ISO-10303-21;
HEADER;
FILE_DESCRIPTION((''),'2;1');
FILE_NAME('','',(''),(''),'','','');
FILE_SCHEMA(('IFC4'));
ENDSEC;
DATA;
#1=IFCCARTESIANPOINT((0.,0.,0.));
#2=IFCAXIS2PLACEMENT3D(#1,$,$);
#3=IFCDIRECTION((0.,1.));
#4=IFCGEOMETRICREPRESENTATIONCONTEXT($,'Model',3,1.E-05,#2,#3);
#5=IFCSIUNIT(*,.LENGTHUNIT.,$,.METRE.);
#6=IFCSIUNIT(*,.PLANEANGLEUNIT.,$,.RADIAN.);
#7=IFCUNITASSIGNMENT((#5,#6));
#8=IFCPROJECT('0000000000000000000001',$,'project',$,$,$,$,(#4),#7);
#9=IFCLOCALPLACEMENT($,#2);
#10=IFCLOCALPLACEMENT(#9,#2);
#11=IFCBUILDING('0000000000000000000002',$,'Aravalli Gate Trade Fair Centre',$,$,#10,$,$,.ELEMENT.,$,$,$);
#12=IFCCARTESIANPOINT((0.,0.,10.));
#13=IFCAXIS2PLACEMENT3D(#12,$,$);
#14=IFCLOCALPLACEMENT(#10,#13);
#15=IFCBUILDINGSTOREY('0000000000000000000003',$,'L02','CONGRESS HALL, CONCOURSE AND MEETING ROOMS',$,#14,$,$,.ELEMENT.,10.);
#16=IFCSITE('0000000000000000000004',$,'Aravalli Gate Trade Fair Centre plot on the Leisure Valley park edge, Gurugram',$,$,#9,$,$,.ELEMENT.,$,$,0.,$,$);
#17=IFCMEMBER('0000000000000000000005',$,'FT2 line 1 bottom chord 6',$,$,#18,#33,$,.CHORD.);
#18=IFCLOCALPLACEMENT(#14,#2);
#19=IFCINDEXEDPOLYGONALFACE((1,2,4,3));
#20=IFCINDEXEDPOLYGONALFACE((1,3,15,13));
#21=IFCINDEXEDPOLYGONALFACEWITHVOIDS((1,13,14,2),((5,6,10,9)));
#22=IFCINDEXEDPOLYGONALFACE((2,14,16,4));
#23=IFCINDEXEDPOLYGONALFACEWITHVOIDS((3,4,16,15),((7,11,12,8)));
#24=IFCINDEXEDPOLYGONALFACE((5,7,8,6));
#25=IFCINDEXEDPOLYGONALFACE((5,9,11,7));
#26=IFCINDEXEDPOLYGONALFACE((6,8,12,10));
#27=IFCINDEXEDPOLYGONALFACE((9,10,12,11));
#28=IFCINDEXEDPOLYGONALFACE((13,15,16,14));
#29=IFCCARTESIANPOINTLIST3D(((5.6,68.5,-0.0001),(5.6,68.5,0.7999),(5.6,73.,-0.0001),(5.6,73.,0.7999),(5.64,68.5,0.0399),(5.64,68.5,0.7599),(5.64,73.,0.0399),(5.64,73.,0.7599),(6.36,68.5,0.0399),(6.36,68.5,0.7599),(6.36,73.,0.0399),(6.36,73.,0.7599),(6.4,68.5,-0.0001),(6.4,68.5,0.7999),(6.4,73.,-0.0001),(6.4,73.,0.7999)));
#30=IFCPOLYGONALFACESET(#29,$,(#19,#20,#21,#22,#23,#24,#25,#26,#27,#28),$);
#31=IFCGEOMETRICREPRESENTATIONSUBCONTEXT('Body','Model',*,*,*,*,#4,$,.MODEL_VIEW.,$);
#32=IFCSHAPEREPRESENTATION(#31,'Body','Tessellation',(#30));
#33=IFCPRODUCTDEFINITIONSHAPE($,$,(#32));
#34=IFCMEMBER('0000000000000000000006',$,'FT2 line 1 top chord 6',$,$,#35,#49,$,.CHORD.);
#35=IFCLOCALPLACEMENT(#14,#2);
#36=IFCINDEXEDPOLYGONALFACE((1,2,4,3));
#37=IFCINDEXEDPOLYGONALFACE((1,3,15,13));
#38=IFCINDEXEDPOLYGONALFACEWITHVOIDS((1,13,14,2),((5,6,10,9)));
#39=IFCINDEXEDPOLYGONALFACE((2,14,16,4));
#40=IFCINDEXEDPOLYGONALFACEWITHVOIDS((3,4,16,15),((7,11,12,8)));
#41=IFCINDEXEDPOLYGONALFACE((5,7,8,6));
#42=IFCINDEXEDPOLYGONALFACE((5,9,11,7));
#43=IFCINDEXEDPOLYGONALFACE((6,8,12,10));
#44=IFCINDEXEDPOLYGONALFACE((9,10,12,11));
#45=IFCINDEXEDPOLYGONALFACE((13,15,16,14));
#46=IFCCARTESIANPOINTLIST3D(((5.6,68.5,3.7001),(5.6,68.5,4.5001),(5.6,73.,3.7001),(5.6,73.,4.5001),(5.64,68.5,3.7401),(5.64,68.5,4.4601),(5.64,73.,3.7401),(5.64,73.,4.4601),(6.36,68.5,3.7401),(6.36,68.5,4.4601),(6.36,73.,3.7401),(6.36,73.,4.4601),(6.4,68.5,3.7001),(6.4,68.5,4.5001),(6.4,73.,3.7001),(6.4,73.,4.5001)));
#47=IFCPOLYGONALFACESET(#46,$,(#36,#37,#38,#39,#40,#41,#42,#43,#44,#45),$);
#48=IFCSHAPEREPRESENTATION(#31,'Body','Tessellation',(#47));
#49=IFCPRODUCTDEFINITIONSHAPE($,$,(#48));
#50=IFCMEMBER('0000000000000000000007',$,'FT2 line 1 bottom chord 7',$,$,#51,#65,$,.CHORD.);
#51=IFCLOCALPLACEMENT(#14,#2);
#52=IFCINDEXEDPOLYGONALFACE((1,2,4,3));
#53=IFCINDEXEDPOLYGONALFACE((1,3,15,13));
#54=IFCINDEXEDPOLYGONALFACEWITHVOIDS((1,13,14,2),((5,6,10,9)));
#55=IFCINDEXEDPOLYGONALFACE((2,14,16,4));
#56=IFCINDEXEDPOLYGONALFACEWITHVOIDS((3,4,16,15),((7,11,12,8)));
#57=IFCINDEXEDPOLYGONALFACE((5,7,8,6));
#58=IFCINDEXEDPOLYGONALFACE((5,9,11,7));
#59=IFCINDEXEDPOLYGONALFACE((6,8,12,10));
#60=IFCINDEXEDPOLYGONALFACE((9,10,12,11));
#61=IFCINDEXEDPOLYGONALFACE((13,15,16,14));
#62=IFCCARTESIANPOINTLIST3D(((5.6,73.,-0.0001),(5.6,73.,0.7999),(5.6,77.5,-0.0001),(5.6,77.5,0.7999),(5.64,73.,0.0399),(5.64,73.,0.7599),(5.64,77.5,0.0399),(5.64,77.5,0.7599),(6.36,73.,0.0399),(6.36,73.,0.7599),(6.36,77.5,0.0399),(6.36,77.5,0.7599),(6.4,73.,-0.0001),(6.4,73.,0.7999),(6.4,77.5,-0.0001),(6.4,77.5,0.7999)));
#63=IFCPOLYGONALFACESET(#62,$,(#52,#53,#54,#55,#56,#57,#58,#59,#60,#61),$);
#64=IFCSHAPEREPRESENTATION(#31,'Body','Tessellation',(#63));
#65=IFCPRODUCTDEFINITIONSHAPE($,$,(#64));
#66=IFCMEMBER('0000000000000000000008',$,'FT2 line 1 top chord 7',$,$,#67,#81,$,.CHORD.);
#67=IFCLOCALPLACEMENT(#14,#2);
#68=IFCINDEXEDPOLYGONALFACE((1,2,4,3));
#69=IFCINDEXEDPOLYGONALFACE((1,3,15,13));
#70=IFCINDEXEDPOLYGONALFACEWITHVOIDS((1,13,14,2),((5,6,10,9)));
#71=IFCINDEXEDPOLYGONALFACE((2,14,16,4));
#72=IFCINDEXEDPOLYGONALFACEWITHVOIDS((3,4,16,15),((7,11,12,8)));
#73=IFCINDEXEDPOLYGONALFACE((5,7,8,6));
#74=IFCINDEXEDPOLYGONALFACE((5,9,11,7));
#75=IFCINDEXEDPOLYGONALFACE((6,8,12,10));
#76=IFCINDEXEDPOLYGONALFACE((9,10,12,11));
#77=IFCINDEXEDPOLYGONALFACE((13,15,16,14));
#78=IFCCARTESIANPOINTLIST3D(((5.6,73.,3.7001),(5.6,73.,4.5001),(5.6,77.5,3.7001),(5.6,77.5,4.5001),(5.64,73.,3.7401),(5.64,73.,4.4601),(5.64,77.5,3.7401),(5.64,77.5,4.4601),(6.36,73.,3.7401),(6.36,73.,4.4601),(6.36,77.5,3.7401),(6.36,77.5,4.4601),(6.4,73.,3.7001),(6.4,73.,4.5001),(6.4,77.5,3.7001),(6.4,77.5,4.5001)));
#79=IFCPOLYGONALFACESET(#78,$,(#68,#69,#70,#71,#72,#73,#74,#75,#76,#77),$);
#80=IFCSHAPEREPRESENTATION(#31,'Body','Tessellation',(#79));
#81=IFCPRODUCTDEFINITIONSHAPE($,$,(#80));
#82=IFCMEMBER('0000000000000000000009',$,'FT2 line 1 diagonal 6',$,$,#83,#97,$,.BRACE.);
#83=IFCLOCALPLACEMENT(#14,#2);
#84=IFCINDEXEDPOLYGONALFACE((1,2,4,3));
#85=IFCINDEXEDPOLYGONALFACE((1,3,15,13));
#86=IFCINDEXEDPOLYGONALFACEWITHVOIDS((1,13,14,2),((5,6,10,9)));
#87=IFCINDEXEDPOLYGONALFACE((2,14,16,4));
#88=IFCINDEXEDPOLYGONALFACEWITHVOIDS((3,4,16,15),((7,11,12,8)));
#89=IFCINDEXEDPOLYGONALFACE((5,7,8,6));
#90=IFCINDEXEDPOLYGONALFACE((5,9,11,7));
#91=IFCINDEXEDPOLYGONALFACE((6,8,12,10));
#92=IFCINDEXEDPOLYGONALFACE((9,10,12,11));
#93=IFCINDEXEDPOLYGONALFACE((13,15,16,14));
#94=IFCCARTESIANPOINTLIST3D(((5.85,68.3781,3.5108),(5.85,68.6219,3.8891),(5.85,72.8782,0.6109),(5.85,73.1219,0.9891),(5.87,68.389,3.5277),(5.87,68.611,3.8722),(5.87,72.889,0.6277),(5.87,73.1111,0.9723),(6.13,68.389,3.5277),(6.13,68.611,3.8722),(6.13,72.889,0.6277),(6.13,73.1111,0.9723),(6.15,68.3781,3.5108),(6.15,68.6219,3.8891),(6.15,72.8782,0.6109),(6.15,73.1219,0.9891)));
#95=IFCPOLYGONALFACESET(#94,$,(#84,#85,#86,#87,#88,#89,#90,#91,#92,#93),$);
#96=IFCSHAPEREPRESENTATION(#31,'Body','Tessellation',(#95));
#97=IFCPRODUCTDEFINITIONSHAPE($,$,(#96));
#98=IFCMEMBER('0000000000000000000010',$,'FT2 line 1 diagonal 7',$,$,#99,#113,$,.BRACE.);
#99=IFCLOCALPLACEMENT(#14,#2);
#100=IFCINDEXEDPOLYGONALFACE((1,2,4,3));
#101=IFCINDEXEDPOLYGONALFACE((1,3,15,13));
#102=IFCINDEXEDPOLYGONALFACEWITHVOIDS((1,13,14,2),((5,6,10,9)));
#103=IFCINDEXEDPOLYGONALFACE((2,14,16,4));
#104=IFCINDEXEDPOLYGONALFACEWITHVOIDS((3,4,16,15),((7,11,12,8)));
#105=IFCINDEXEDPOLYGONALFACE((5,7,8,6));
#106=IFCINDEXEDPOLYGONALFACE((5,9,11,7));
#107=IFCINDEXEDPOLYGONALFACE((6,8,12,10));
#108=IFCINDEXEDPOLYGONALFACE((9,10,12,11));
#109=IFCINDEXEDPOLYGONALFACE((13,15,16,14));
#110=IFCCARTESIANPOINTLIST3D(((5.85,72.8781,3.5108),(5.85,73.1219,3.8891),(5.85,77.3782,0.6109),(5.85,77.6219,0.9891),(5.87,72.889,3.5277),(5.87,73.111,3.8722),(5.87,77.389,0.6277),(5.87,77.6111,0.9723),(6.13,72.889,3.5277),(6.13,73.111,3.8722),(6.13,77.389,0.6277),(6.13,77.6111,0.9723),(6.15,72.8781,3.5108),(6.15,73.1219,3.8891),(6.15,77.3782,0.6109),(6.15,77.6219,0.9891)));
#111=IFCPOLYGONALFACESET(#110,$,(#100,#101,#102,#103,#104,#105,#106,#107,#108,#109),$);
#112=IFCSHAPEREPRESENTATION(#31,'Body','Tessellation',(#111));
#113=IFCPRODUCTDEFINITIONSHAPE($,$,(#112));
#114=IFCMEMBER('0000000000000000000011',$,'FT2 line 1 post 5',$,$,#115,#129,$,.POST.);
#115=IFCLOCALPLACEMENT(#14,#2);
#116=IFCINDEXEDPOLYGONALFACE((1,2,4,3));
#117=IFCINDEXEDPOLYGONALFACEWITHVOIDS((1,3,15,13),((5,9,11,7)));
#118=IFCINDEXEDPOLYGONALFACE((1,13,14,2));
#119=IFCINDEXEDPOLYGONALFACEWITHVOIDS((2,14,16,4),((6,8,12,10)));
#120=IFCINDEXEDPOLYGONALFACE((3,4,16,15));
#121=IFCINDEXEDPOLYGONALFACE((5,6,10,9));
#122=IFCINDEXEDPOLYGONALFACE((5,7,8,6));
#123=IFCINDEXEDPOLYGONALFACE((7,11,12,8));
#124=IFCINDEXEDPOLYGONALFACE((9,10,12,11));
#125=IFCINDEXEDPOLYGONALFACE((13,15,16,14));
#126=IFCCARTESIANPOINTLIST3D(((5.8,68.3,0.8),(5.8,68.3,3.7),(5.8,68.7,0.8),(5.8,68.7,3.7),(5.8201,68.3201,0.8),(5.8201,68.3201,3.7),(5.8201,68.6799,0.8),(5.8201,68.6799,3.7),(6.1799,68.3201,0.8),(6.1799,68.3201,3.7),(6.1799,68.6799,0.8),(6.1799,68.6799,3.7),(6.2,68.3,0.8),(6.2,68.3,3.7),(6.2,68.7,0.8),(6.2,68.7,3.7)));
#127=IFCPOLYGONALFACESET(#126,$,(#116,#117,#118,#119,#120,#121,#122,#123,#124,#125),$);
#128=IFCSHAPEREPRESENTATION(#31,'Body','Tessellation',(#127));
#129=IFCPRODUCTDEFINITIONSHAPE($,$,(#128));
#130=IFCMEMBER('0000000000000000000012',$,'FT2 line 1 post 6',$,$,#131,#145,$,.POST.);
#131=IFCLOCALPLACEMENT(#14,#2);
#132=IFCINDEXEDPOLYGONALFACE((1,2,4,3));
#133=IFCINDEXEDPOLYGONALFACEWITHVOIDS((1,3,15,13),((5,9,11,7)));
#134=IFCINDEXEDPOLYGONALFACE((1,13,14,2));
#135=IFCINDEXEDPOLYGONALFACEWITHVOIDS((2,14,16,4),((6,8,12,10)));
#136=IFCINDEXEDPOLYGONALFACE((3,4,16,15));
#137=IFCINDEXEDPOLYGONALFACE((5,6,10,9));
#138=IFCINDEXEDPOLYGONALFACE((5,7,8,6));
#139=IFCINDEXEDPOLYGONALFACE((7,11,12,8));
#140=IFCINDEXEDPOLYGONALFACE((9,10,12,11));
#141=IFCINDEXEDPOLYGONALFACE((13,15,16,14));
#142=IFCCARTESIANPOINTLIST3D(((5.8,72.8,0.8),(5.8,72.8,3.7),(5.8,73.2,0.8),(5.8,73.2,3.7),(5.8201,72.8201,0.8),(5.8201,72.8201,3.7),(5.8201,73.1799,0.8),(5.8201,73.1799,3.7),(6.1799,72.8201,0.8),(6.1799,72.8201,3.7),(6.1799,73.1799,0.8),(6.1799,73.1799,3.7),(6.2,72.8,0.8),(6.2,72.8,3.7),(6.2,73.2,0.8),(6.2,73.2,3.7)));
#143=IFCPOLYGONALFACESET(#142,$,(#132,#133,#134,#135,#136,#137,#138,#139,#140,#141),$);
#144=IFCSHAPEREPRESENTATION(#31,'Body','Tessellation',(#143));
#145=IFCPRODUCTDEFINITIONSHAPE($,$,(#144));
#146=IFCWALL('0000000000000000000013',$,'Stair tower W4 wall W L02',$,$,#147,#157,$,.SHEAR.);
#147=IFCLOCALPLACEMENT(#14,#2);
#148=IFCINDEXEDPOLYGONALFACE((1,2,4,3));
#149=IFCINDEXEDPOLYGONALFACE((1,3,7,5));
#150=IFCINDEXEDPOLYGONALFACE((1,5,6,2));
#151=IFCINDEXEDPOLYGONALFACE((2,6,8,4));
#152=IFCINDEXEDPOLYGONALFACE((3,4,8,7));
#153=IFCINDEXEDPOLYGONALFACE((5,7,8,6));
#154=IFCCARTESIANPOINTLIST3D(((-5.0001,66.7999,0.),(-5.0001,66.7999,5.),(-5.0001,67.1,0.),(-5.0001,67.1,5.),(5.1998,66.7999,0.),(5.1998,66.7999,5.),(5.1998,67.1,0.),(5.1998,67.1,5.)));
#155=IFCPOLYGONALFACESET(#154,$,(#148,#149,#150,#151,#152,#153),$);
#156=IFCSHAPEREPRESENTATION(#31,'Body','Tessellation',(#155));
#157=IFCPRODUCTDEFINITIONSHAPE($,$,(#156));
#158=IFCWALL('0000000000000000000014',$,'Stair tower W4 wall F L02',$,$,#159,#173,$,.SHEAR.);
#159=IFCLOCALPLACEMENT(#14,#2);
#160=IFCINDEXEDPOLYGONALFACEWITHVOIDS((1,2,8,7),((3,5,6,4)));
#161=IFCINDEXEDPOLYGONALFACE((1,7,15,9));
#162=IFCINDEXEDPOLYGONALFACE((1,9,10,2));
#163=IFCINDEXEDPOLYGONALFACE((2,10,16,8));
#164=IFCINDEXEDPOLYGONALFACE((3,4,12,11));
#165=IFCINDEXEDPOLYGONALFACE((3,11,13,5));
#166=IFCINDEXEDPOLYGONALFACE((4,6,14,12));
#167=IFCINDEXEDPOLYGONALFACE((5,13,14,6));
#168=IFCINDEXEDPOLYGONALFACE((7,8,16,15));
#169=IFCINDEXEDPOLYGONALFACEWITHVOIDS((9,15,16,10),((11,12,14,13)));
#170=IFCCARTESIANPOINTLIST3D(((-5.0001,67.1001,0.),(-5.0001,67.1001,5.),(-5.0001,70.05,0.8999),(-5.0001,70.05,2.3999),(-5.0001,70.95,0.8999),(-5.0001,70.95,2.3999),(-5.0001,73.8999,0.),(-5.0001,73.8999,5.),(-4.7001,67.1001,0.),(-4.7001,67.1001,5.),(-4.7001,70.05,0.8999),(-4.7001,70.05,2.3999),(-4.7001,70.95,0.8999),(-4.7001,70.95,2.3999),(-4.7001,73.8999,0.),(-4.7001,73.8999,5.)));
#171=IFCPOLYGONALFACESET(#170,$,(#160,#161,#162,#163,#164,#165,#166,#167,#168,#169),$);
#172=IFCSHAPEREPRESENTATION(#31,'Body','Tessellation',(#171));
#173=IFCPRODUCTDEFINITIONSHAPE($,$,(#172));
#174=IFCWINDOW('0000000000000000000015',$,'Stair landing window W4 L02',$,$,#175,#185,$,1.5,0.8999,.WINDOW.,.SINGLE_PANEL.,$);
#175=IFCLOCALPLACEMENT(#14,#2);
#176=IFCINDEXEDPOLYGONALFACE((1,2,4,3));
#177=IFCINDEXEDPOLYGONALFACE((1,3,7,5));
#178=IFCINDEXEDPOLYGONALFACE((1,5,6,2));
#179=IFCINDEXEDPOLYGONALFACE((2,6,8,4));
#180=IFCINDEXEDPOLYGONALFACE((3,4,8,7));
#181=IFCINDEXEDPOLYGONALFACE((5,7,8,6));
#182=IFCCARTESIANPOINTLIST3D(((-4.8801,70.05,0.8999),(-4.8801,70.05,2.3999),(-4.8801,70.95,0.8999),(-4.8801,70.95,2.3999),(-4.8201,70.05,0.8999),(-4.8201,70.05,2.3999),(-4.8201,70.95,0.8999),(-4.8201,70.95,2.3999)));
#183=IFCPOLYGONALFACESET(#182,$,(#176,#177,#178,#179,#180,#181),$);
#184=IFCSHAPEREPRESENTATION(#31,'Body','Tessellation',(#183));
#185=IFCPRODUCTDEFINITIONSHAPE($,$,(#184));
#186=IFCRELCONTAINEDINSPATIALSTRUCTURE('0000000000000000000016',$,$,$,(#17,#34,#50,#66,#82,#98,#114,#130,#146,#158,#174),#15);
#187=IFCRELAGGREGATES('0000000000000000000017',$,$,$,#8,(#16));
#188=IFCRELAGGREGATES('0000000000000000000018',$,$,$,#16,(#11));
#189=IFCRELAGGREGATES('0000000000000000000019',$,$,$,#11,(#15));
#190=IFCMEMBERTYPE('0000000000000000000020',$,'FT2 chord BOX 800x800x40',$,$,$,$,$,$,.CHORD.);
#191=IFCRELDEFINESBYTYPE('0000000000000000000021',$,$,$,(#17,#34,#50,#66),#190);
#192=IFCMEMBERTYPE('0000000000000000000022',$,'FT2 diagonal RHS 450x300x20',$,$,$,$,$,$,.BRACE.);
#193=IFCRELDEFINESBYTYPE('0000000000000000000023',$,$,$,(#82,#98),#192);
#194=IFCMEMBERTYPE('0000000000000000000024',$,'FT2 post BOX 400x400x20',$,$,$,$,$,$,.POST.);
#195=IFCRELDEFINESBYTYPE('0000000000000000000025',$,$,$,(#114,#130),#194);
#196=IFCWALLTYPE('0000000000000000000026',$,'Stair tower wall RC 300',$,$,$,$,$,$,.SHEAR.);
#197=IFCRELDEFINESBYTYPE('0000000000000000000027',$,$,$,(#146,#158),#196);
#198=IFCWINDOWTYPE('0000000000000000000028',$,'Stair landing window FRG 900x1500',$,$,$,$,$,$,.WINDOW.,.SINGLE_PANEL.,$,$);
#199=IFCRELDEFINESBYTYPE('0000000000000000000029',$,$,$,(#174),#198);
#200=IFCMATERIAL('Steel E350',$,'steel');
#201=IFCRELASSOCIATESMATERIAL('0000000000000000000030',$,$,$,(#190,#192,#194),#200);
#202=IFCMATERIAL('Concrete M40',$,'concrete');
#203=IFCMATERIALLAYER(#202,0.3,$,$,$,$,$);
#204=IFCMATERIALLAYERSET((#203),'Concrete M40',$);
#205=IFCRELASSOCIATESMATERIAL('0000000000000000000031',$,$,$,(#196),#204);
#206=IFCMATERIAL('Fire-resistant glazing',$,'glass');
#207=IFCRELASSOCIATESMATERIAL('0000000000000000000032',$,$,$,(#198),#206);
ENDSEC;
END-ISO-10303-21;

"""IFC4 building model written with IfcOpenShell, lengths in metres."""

from ifc_helpers import new_model, si_unit, direction, frame, frame_2d, origin, origin_2d, place, context, subcontext, project, spatial, rectangle, hollow_rectangle, extrude, material, layer, layer_set, material_profile, profile_set, type_object, element, fill, save


model = new_model("IFC4")

# Units and contexts
model_context = context("Model", 3, precision=1e-05, world=origin(), true_north=direction((0.0, 1.0)))
body_context = subcontext(model_context, "Body", "Model", "MODEL_VIEW")
ifc_project = project(units=[si_unit("LENGTHUNIT", "METRE"), si_unit("PLANEANGLEUNIT", "RADIAN")], contexts=[model_context])

# Site, building, storey
site_placement = place(None, origin())
site = spatial("IfcSite", under=ifc_project, at=site_placement, Name="Aravalli Gate Trade Fair Centre plot on the Leisure Valley park edge, Gurugram", CompositionType="ELEMENT", RefElevation=0.0)
building_placement = place(site_placement, origin())
building = spatial("IfcBuilding", under=site, at=building_placement, Name="Aravalli Gate Trade Fair Centre", CompositionType="ELEMENT")
storey_placement = place(building_placement, frame((0.0, 0.0, 10.0)))
storey = spatial("IfcBuildingStorey", under=building, at=storey_placement, Name="L02", Description="CONGRESS HALL, CONCOURSE AND MEETING ROOMS", CompositionType="ELEMENT", Elevation=10.0)

# Members
ifc_material_1 = material(Name="Steel E350", Category="steel")
ifc_material_profile_1 = material_profile(ifc_material_1, hollow_rectangle(XDim=0.8, YDim=0.8, WallThickness=0.04, at=origin_2d()), Name="BOX 800x800x40")
ifc_profile_set_1 = profile_set([ifc_material_profile_1], Name="Steel E350")
member_type_1 = type_object("IfcMemberType", Name="FT2 chord BOX 800x800x40", PredefinedType="CHORD", material=ifc_profile_set_1)
for number, where, z_axis, x_axis, name in (
    (1, (6.0, 68.5, 0.3999), (0.0, 1.0, 0.0), (-1.0, 0.0, 0.0), "FT2 line 1 bottom chord 6"),
    (2, (6.0, 68.5, 4.1001), (0.0, 1.0, 0.0), (-1.0, 0.0, 0.0), "FT2 line 1 top chord 6"),
    (3, (6.0, 73.0, 0.3999), (0.0, 1.0, 0.0), (-1.0, 0.0, 0.0), "FT2 line 1 bottom chord 7"),
    (4, (6.0, 73.0, 4.1001), (0.0, 1.0, 0.0), (-1.0, 0.0, 0.0), "FT2 line 1 top chord 7"),
):
    element("IfcMember", number, at=place(storey_placement, frame(where, z_axis=z_axis, x_axis=x_axis)), inside=storey, type_object=member_type_1, Name=name, PredefinedType="CHORD", context=body_context, shape_type="SweptSolid", body=[
        extrude(hollow_rectangle(XDim=0.8, YDim=0.8, WallThickness=0.04, at=origin_2d()), origin(), (0.0, 0.0, 1.0), 4.5),
    ])
ifc_material_profile_2 = material_profile(ifc_material_1, hollow_rectangle(XDim=0.3, YDim=0.45, WallThickness=0.02, at=origin_2d()), Name="RHS 450x300x20")
ifc_profile_set_2 = profile_set([ifc_material_profile_2], Name="Steel E350")
member_type_2 = type_object("IfcMemberType", Name="FT2 diagonal RHS 450x300x20", PredefinedType="BRACE", material=ifc_profile_set_2)
for number, where, z_axis, x_axis, name in (
    (5, (6.0, 68.5, 3.7), (0.0, 0.840579, -0.541688), (-1.0, 0.0, 0.0), "FT2 line 1 diagonal 6"),
    (6, (6.0, 73.0, 3.7), (0.0, 0.840579, -0.541688), (-1.0, 0.0, 0.0), "FT2 line 1 diagonal 7"),
):
    element("IfcMember", number, at=place(storey_placement, frame(where, z_axis=z_axis, x_axis=x_axis)), inside=storey, type_object=member_type_2, Name=name, PredefinedType="BRACE", context=body_context, shape_type="SweptSolid", body=[
        extrude(hollow_rectangle(XDim=0.3, YDim=0.45, WallThickness=0.02, at=origin_2d()), origin(), (0.0, 0.0, 1.0), 5.3535),
    ])
ifc_material_profile_3 = material_profile(ifc_material_1, hollow_rectangle(XDim=0.3999, YDim=0.3999, WallThickness=0.02, at=origin_2d()), Name="BOX 400x400x20")
ifc_profile_set_3 = profile_set([ifc_material_profile_3], Name="Steel E350")
member_type_3 = type_object("IfcMemberType", Name="FT2 post BOX 400x400x20", PredefinedType="POST", material=ifc_profile_set_3)
for number, where, z_axis, x_axis, name in (
    (7, (6.0, 68.5, 0.8), (0.0, 0.0, 1.0), (1.0, 0.0, 0.0), "FT2 line 1 post 5"),
    (8, (6.0, 73.0, 0.8), (0.0, 0.0, 1.0), (1.0, 0.0, 0.0), "FT2 line 1 post 6"),
):
    element("IfcMember", number, at=place(storey_placement, frame(where, z_axis=z_axis, x_axis=x_axis)), inside=storey, type_object=member_type_3, Name=name, PredefinedType="POST", context=body_context, shape_type="SweptSolid", body=[
        extrude(hollow_rectangle(XDim=0.3999, YDim=0.3999, WallThickness=0.02, at=origin_2d()), origin(), (0.0, 0.0, 1.0), 2.8999),
    ])

# Wall
ifc_material_2 = material(Name="Concrete M40", Category="concrete")
ifc_layer_1 = layer(ifc_material_2, 0.3)
ifc_layer_set_1 = layer_set([ifc_layer_1], Name="Concrete M40")
wall_type = type_object("IfcWallType", Name="Stair tower wall RC 300", PredefinedType="SHEAR", material=ifc_layer_set_1)
wall_1_placement = place(storey_placement, frame((5.2, 66.95, 0.0), z_axis=(0.0, 0.0, 1.0), x_axis=(-1.0, 0.0, 0.0)))
element("IfcWall", 9, at=wall_1_placement, inside=storey, type_object=wall_type, Name="Stair tower W4 wall W L02", PredefinedType="SHEAR", context=body_context, shape_type="SweptSolid", body=[
    extrude(rectangle(XDim=10.2, YDim=0.3, at=frame_2d((5.1001, 0.0))), origin(), (0.0, 0.0, 1.0), 5.0),
])

# Wall, opening, window
wall_2_placement = place(storey_placement, frame((-4.8501, 67.1001, 0.0), z_axis=(0.0, 0.0, 1.0), x_axis=(0.0, 1.0, 0.0)))
wall_2 = element("IfcWall", 10, at=wall_2_placement, inside=storey, type_object=wall_type, Name="Stair tower W4 wall F L02", PredefinedType="SHEAR", context=body_context, shape_type="SweptSolid", body=[
    extrude(rectangle(XDim=6.7998, YDim=0.3, at=frame_2d((3.3999, 0.0))), origin(), (0.0, 0.0, 1.0), 5.0),
])
opening_placement = place(wall_2_placement, frame((2.95, 0.0, 0.8999)))
opening = element("IfcOpeningElement", 11, at=opening_placement, cuts=wall_2, PredefinedType="OPENING", context=body_context, shape_type="SweptSolid", body=[
    extrude(rectangle(XDim=0.8999, YDim=1.5, at=frame_2d((0.45, 0.75))), frame((0.0, 0.1599, 0.0), z_axis=(0.0, -1.0, 0.0), x_axis=(1.0, 0.0, 0.0)), (0.0, 0.0, 1.0), 0.3201),
])
ifc_material_3 = material(Name="Fire-resistant glazing", Category="glass")
window_type = type_object("IfcWindowType", Name="Stair landing window FRG 900x1500", PartitioningType="SINGLE_PANEL", PredefinedType="WINDOW", material=ifc_material_3)
window_placement = place(opening_placement, origin())
window = element("IfcWindow", 12, at=window_placement, inside=storey, type_object=window_type, Name="Stair landing window W4 L02", OverallHeight=1.5, OverallWidth=0.8999, PartitioningType="SINGLE_PANEL", PredefinedType="WINDOW", context=body_context, shape_type="SweptSolid", body=[
    extrude(rectangle(XDim=0.8999, YDim=1.5, at=frame_2d((0.45, 0.75))), frame((0.0, 0.03, 0.0), z_axis=(0.0, -1.0, 0.0), x_axis=(1.0, 0.0, 0.0)), (0.0, 0.0, 1.0), 0.0601),
])
fill(opening, window)

save(model, "model.ifc")
